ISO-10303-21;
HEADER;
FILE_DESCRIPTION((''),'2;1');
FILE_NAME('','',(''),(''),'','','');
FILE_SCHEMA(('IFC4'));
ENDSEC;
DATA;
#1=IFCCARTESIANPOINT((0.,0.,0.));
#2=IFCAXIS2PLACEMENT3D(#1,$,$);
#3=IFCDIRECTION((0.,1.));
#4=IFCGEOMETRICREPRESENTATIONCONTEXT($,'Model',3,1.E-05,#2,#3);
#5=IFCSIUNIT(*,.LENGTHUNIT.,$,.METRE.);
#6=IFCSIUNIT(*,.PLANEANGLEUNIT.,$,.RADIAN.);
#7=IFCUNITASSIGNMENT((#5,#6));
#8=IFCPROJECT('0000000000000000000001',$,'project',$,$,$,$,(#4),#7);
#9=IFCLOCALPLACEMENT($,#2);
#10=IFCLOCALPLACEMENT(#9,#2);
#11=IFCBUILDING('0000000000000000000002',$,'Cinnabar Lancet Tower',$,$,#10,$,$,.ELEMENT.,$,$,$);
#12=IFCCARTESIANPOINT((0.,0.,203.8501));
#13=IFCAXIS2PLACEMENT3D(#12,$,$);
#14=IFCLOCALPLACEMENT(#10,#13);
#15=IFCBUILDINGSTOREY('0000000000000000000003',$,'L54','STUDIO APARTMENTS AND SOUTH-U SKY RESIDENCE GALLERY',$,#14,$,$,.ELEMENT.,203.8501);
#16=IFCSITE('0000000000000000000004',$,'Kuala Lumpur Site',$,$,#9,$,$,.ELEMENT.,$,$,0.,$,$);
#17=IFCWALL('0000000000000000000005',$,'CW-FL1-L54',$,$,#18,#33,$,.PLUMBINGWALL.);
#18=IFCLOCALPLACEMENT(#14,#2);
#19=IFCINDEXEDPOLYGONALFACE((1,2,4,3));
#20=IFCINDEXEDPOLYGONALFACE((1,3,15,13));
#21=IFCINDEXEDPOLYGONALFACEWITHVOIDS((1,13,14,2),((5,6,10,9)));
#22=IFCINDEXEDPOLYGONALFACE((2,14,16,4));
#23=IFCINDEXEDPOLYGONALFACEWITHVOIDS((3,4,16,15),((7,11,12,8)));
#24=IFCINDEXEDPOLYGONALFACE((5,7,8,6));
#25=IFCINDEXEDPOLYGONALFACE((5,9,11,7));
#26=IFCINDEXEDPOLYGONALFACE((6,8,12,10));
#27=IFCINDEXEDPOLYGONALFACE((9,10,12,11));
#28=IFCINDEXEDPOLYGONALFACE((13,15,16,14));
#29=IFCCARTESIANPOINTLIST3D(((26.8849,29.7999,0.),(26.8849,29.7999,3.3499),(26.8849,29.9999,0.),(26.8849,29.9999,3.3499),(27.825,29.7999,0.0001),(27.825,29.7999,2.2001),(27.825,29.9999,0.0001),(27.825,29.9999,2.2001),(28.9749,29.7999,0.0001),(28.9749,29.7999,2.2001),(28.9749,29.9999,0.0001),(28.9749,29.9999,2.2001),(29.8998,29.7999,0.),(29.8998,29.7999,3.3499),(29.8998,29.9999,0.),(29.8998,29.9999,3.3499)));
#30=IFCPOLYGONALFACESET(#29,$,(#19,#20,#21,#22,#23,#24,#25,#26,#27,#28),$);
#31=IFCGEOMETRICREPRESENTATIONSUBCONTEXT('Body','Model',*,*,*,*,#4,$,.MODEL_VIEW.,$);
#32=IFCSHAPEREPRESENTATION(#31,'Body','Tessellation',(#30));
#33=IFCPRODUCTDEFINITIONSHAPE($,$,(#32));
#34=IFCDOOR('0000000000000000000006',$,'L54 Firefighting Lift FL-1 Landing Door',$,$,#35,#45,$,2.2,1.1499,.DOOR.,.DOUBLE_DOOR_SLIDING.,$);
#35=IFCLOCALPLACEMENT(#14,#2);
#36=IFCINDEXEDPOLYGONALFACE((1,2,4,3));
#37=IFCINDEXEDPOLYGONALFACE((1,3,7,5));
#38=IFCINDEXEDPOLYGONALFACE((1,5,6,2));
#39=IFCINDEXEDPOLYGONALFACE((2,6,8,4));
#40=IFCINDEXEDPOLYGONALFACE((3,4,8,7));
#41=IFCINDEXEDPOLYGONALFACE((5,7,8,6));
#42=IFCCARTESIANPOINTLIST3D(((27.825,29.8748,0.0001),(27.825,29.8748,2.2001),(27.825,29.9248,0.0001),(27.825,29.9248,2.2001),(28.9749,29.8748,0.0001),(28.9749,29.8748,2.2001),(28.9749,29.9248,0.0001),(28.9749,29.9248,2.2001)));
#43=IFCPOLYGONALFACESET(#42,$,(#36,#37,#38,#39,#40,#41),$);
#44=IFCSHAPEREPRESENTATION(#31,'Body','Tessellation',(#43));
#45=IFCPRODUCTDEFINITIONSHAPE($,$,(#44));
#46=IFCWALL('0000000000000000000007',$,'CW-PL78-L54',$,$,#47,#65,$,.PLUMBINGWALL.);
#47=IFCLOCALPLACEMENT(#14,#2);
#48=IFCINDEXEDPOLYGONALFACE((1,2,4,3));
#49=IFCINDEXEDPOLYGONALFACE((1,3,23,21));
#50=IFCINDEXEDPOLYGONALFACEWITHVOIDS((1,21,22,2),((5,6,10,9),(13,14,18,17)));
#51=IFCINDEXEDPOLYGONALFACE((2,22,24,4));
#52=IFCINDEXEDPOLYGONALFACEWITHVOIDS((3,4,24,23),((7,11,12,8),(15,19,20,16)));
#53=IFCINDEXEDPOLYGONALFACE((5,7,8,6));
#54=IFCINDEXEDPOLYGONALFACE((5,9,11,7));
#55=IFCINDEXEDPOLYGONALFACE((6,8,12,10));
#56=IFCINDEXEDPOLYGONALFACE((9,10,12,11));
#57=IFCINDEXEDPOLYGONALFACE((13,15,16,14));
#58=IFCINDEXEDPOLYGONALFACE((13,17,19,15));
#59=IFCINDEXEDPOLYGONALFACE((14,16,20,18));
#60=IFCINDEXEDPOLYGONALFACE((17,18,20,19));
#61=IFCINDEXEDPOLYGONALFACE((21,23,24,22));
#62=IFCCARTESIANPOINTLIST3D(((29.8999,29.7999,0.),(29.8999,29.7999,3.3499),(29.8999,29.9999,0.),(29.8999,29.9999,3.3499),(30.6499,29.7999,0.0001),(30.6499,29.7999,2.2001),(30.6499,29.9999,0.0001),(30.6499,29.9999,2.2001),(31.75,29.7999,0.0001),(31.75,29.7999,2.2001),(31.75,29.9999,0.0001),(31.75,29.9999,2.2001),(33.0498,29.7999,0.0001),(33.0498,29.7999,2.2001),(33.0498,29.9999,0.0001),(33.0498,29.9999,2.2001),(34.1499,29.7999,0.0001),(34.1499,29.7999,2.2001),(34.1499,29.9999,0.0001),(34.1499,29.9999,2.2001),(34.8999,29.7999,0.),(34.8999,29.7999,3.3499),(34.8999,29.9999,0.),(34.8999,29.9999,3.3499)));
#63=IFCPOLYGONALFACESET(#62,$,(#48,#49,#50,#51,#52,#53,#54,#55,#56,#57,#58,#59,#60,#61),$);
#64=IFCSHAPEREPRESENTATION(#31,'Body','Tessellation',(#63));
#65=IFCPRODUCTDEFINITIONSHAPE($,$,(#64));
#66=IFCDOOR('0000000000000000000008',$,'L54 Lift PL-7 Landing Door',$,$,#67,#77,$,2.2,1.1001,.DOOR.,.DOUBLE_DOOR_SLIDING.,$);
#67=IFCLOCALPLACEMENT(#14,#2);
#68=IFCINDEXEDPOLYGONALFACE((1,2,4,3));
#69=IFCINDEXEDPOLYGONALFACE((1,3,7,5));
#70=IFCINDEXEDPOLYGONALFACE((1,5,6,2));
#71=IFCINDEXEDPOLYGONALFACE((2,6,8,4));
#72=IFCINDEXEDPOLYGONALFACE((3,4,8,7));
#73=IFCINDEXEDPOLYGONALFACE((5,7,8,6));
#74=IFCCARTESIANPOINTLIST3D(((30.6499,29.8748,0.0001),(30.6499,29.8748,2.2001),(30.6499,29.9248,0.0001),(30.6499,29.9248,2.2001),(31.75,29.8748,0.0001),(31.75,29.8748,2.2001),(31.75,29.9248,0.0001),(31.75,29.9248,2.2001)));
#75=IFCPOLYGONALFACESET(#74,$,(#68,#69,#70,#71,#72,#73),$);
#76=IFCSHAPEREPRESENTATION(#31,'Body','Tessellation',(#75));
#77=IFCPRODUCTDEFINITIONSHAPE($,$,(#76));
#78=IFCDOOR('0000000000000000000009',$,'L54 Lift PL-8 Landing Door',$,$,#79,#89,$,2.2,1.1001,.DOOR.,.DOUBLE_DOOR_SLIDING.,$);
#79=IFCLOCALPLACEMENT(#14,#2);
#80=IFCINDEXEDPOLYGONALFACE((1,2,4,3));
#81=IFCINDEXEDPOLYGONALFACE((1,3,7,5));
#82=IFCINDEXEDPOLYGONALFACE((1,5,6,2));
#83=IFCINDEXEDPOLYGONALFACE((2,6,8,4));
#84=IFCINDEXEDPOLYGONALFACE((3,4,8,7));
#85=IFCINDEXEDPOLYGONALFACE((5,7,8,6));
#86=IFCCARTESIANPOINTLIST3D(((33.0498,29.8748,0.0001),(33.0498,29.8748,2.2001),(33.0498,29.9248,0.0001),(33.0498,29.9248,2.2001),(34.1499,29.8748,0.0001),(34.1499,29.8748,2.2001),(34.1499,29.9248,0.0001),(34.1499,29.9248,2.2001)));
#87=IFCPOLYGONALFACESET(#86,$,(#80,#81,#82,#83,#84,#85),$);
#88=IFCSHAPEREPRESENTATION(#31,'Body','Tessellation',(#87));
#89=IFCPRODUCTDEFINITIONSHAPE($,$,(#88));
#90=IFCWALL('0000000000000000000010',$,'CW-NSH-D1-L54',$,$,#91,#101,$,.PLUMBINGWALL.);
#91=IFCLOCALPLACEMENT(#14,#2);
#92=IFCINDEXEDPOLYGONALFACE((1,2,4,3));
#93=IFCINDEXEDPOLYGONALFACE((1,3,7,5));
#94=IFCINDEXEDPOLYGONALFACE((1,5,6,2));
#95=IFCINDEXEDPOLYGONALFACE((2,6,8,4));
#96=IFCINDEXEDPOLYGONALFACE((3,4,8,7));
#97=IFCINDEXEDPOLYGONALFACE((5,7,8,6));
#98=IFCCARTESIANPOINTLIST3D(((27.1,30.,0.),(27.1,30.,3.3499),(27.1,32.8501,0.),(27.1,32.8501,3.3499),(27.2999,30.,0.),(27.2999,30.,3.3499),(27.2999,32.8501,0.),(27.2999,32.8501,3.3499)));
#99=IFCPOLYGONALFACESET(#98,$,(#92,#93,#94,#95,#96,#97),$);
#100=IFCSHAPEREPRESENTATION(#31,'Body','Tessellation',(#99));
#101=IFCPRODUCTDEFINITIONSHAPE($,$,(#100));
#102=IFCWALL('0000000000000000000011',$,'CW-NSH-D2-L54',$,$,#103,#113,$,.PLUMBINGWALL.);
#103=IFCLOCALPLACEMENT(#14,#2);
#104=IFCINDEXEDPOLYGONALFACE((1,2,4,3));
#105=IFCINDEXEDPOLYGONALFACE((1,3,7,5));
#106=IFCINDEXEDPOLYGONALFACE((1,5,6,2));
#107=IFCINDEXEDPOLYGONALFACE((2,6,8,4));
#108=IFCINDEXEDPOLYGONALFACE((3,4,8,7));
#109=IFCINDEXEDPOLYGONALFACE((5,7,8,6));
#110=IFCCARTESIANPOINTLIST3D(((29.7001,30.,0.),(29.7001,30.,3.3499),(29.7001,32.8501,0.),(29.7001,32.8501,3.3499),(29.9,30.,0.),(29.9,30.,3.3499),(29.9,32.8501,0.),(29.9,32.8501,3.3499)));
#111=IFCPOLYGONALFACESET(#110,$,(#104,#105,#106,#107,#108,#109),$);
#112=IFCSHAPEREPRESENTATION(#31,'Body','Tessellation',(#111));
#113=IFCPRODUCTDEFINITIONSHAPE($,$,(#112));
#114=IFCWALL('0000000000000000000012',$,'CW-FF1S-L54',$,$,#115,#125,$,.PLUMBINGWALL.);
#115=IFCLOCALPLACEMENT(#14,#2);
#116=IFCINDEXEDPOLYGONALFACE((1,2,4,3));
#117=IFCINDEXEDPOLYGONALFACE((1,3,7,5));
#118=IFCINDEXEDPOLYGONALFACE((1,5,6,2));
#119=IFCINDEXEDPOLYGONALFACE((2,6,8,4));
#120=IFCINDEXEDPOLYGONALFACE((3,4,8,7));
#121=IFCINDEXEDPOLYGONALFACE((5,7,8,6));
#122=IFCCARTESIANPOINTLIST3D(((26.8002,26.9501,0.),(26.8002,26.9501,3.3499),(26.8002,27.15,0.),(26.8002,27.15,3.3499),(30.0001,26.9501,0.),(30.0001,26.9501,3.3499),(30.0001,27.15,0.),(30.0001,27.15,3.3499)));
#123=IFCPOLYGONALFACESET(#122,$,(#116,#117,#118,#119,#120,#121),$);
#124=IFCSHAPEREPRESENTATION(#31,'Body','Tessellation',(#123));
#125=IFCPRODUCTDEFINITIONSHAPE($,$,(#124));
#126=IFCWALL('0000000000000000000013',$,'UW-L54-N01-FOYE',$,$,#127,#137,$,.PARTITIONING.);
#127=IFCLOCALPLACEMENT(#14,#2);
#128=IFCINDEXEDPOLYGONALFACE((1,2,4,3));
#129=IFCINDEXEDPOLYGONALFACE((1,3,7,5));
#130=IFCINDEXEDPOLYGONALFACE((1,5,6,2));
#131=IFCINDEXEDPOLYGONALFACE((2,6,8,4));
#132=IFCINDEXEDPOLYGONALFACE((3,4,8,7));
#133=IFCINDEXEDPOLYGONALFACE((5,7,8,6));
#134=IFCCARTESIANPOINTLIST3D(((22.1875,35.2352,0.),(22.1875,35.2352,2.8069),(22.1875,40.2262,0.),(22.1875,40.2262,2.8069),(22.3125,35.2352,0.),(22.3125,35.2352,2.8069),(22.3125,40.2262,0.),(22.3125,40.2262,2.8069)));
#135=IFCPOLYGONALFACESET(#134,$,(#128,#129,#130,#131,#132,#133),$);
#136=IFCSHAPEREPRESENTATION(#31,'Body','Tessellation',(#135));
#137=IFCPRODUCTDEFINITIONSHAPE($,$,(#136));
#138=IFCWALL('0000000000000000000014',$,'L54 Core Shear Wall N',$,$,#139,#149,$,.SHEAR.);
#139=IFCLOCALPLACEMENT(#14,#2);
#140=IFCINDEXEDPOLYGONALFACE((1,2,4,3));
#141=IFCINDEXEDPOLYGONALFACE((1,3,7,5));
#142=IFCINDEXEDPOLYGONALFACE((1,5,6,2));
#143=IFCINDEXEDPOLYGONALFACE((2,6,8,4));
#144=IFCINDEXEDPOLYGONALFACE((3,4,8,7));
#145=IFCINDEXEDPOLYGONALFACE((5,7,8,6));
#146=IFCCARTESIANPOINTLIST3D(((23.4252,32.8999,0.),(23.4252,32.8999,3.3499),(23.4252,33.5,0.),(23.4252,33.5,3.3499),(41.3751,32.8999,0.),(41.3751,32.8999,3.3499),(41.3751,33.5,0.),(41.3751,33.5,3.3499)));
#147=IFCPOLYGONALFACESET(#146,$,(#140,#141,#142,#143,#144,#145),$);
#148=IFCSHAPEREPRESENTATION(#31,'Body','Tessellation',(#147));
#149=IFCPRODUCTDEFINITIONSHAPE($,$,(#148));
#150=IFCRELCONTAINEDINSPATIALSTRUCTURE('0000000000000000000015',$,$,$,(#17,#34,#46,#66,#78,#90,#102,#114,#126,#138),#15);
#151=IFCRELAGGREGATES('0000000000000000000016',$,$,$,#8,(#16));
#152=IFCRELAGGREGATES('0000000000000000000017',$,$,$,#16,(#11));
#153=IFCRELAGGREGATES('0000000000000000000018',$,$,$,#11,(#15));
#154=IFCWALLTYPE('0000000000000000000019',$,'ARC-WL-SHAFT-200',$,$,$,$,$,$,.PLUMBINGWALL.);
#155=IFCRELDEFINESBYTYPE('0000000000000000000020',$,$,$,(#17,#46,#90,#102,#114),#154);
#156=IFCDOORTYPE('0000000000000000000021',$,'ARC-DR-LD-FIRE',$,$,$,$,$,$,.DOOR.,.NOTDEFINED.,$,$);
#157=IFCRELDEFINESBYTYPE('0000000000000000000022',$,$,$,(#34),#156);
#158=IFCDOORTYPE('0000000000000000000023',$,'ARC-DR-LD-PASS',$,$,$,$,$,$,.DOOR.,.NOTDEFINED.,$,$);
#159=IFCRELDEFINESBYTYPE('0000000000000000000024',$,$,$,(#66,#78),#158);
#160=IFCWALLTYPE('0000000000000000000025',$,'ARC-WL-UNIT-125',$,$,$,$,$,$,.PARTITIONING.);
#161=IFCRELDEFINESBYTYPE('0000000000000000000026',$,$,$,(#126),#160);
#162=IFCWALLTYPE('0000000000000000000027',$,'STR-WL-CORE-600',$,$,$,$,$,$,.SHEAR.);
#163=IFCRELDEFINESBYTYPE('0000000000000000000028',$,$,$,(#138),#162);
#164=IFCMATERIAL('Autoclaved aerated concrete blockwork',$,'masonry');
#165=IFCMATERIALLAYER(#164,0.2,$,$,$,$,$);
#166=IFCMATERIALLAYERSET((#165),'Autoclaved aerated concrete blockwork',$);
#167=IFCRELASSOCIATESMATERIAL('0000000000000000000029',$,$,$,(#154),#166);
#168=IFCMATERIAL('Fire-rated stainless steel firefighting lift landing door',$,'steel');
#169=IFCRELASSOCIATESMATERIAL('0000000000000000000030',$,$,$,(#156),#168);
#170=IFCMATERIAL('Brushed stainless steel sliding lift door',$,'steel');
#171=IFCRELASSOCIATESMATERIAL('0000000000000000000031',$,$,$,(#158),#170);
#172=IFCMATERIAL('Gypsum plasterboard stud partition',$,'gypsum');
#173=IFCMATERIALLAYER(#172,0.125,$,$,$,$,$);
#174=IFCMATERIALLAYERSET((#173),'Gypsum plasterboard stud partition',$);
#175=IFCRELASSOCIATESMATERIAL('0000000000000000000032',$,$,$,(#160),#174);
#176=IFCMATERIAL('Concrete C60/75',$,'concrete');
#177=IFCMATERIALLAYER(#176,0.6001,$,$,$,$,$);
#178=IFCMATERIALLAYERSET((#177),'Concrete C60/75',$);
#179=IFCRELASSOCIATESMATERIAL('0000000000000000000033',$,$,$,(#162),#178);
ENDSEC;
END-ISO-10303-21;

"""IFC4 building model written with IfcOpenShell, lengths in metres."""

from ifc_helpers import new_model, si_unit, direction, frame, frame_2d, origin, place, context, subcontext, project, spatial, rectangle, extrude, material, layer, layer_set, type_object, element, fill, save


model = new_model("IFC4")

# Units and contexts
model_context = context("Model", 3, precision=1e-05, world=origin(), true_north=direction((0.0, 1.0)))
body_context = subcontext(model_context, "Body", "Model", "MODEL_VIEW")
ifc_project = project(units=[si_unit("LENGTHUNIT", "METRE"), si_unit("PLANEANGLEUNIT", "RADIAN")], contexts=[model_context])

# Site, building, storey
site_placement = place(None, origin())
site = spatial("IfcSite", under=ifc_project, at=site_placement, Name="Kuala Lumpur Site", CompositionType="ELEMENT", RefElevation=0.0)
building_placement = place(site_placement, origin())
building = spatial("IfcBuilding", under=site, at=building_placement, Name="Cinnabar Lancet Tower", CompositionType="ELEMENT")
storey_placement = place(building_placement, frame((0.0, 0.0, 203.8501)))
storey = spatial("IfcBuildingStorey", under=building, at=storey_placement, Name="L54", Description="STUDIO APARTMENTS AND SOUTH-U SKY RESIDENCE GALLERY", CompositionType="ELEMENT", Elevation=203.8501)

# Wall, opening, door
ifc_material_1 = material(Name="Autoclaved aerated concrete blockwork", Category="masonry")
ifc_layer_1 = layer(ifc_material_1, 0.2)
ifc_layer_set_1 = layer_set([ifc_layer_1], Name="Autoclaved aerated concrete blockwork")
wall_type_1 = type_object("IfcWallType", Name="ARC-WL-SHAFT-200", PredefinedType="PLUMBINGWALL", material=ifc_layer_set_1)
wall_1_placement = place(storey_placement, frame((26.885, 29.8999, 0.0), z_axis=(0.0, 0.0, 1.0), x_axis=(1.0, 0.0, 0.0)))
wall_1 = element("IfcWall", 1, at=wall_1_placement, inside=storey, type_object=wall_type_1, Name="CW-FL1-L54", PredefinedType="PLUMBINGWALL", context=body_context, shape_type="SweptSolid", body=[
    extrude(rectangle(XDim=3.0149, YDim=0.2, at=frame_2d((1.5073, 0.0))), origin(), (0.0, 0.0, 1.0), 3.3499),
])
opening_1_placement = place(wall_1_placement, frame((0.9399, 0.0, 0.0)))
opening_1 = element("IfcOpeningElement", 2, at=opening_1_placement, cuts=wall_1, PredefinedType="OPENING", context=body_context, shape_type="SweptSolid", body=[
    extrude(rectangle(XDim=1.1499, YDim=2.2, at=frame_2d((0.575, 1.1001))), frame((0.0, 0.1099, 0.0), z_axis=(0.0, -1.0, 0.0), x_axis=(1.0, 0.0, 0.0)), (0.0, 0.0, 1.0), 0.22),
])
ifc_material_2 = material(Name="Fire-rated stainless steel firefighting lift landing door", Category="steel")
door_type_1 = type_object("IfcDoorType", Name="ARC-DR-LD-FIRE", OperationType="NOTDEFINED", PredefinedType="DOOR", material=ifc_material_2)
door_1_placement = place(opening_1_placement, origin())
door_1 = element("IfcDoor", 3, at=door_1_placement, inside=storey, type_object=door_type_1, Name="L54 Firefighting Lift FL-1 Landing Door", OperationType="DOUBLE_DOOR_SLIDING", OverallHeight=2.2, OverallWidth=1.1499, PredefinedType="DOOR", context=body_context, shape_type="SweptSolid", body=[
    extrude(rectangle(XDim=1.1499, YDim=2.2, at=frame_2d((0.575, 1.1001))), frame((0.0, 0.0249, 0.0), z_axis=(0.0, -1.0, 0.0), x_axis=(1.0, 0.0, 0.0)), (0.0, 0.0, 1.0), 0.05),
])
fill(opening_1, door_1)

# Wall, openings, doors
wall_2_placement = place(storey_placement, frame((29.8999, 29.8999, 0.0), z_axis=(0.0, 0.0, 1.0), x_axis=(1.0, 0.0, 0.0)))
wall_2 = element("IfcWall", 4, at=wall_2_placement, inside=storey, type_object=wall_type_1, Name="CW-PL78-L54", PredefinedType="PLUMBINGWALL", context=body_context, shape_type="SweptSolid", body=[
    extrude(rectangle(XDim=5.0, YDim=0.2, at=frame_2d((2.5, 0.0))), origin(), (0.0, 0.0, 1.0), 3.3499),
])
opening_2_placement = place(wall_2_placement, frame((0.75, 0.0, 0.0)))
opening_2 = element("IfcOpeningElement", 5, at=opening_2_placement, cuts=wall_2, PredefinedType="OPENING", context=body_context, shape_type="SweptSolid", body=[
    extrude(rectangle(XDim=1.1001, YDim=2.2, at=frame_2d((0.55, 1.1001))), frame((0.0, 0.1099, 0.0), z_axis=(0.0, -1.0, 0.0), x_axis=(1.0, 0.0, 0.0)), (0.0, 0.0, 1.0), 0.22),
])
opening_3_placement = place(wall_2_placement, frame((3.1499, 0.0, 0.0)))
opening_3 = element("IfcOpeningElement", 6, at=opening_3_placement, cuts=wall_2, PredefinedType="OPENING", context=body_context, shape_type="SweptSolid", body=[
    extrude(rectangle(XDim=1.1001, YDim=2.2, at=frame_2d((0.55, 1.1001))), frame((0.0, 0.1099, 0.0), z_axis=(0.0, -1.0, 0.0), x_axis=(1.0, 0.0, 0.0)), (0.0, 0.0, 1.0), 0.22),
])
ifc_material_3 = material(Name="Brushed stainless steel sliding lift door", Category="steel")
door_type_2 = type_object("IfcDoorType", Name="ARC-DR-LD-PASS", OperationType="NOTDEFINED", PredefinedType="DOOR", material=ifc_material_3)
door_2_placement = place(opening_2_placement, origin())
door_2 = element("IfcDoor", 7, at=door_2_placement, inside=storey, type_object=door_type_2, Name="L54 Lift PL-7 Landing Door", OperationType="DOUBLE_DOOR_SLIDING", OverallHeight=2.2, OverallWidth=1.1001, PredefinedType="DOOR", context=body_context, shape_type="SweptSolid", body=[
    extrude(rectangle(XDim=1.1001, YDim=2.2, at=frame_2d((0.55, 1.1001))), frame((0.0, 0.0249, 0.0), z_axis=(0.0, -1.0, 0.0), x_axis=(1.0, 0.0, 0.0)), (0.0, 0.0, 1.0), 0.05),
])
fill(opening_2, door_2)
door_3_placement = place(opening_3_placement, origin())
door_3 = element("IfcDoor", 8, at=door_3_placement, inside=storey, type_object=door_type_2, Name="L54 Lift PL-8 Landing Door", OperationType="DOUBLE_DOOR_SLIDING", OverallHeight=2.2, OverallWidth=1.1001, PredefinedType="DOOR", context=body_context, shape_type="SweptSolid", body=[
    extrude(rectangle(XDim=1.1001, YDim=2.2, at=frame_2d((0.55, 1.1001))), frame((0.0, 0.0249, 0.0), z_axis=(0.0, -1.0, 0.0), x_axis=(1.0, 0.0, 0.0)), (0.0, 0.0, 1.0), 0.05),
])
fill(opening_3, door_3)

# Walls
for number, where, z_axis, x_axis, name in (
    (9, (27.2, 30.0, 0.0), (0.0, 0.0, 1.0), (0.0, 1.0, 0.0), "CW-NSH-D1-L54"),
    (10, (29.8, 30.0, 0.0), (0.0, 0.0, 1.0), (0.0, 1.0, 0.0), "CW-NSH-D2-L54"),
):
    element("IfcWall", number, at=place(storey_placement, frame(where, z_axis=z_axis, x_axis=x_axis)), inside=storey, type_object=wall_type_1, Name=name, PredefinedType="PLUMBINGWALL", context=body_context, shape_type="SweptSolid", body=[
        extrude(rectangle(XDim=2.8501, YDim=0.2, at=frame_2d((1.425, 0.0))), origin(), (0.0, 0.0, 1.0), 3.3499),
    ])

# Walls
wall_3_placement = place(storey_placement, frame((26.8, 27.05, 0.0), z_axis=(0.0, 0.0, 1.0), x_axis=(1.0, 0.0, 0.0)))
element("IfcWall", 11, at=wall_3_placement, inside=storey, type_object=wall_type_1, Name="CW-FF1S-L54", PredefinedType="PLUMBINGWALL", context=body_context, shape_type="SweptSolid", body=[
    extrude(rectangle(XDim=3.2, YDim=0.2, at=frame_2d((1.6001, 0.0))), origin(), (0.0, 0.0, 1.0), 3.3499),
])
ifc_material_4 = material(Name="Gypsum plasterboard stud partition", Category="gypsum")
ifc_layer_2 = layer(ifc_material_4, 0.125)
ifc_layer_set_2 = layer_set([ifc_layer_2], Name="Gypsum plasterboard stud partition")
wall_type_2 = type_object("IfcWallType", Name="ARC-WL-UNIT-125", PredefinedType="PARTITIONING", material=ifc_layer_set_2)
wall_4_placement = place(storey_placement, frame((22.25, 35.2351, 0.0), z_axis=(0.0, 0.0, 1.0), x_axis=(0.0, 1.0, 0.0)))
element("IfcWall", 12, at=wall_4_placement, inside=storey, type_object=wall_type_2, Name="UW-L54-N01-FOYE", PredefinedType="PARTITIONING", context=body_context, shape_type="SweptSolid", body=[
    extrude(rectangle(XDim=4.991, YDim=0.125, at=frame_2d((2.4956, 0.0))), origin(), (0.0, 0.0, 1.0), 2.8069),
])
ifc_material_5 = material(Name="Concrete C60/75", Category="concrete")
ifc_layer_3 = layer(ifc_material_5, 0.6001)
ifc_layer_set_3 = layer_set([ifc_layer_3], Name="Concrete C60/75")
wall_type_3 = type_object("IfcWallType", Name="STR-WL-CORE-600", PredefinedType="SHEAR", material=ifc_layer_set_3)
wall_5_placement = place(storey_placement, frame((23.425, 33.2, 0.0), z_axis=(0.0, 0.0, 1.0), x_axis=(1.0, 0.0, 0.0)))
element("IfcWall", 13, at=wall_5_placement, inside=storey, type_object=wall_type_3, Name="L54 Core Shear Wall N", PredefinedType="SHEAR", context=body_context, shape_type="SweptSolid", body=[
    extrude(rectangle(XDim=17.95, YDim=0.6001, at=frame_2d((8.9751, 0.0))), origin(), (0.0, 0.0, 1.0), 3.3499),
])

save(model, "model.ifc")
